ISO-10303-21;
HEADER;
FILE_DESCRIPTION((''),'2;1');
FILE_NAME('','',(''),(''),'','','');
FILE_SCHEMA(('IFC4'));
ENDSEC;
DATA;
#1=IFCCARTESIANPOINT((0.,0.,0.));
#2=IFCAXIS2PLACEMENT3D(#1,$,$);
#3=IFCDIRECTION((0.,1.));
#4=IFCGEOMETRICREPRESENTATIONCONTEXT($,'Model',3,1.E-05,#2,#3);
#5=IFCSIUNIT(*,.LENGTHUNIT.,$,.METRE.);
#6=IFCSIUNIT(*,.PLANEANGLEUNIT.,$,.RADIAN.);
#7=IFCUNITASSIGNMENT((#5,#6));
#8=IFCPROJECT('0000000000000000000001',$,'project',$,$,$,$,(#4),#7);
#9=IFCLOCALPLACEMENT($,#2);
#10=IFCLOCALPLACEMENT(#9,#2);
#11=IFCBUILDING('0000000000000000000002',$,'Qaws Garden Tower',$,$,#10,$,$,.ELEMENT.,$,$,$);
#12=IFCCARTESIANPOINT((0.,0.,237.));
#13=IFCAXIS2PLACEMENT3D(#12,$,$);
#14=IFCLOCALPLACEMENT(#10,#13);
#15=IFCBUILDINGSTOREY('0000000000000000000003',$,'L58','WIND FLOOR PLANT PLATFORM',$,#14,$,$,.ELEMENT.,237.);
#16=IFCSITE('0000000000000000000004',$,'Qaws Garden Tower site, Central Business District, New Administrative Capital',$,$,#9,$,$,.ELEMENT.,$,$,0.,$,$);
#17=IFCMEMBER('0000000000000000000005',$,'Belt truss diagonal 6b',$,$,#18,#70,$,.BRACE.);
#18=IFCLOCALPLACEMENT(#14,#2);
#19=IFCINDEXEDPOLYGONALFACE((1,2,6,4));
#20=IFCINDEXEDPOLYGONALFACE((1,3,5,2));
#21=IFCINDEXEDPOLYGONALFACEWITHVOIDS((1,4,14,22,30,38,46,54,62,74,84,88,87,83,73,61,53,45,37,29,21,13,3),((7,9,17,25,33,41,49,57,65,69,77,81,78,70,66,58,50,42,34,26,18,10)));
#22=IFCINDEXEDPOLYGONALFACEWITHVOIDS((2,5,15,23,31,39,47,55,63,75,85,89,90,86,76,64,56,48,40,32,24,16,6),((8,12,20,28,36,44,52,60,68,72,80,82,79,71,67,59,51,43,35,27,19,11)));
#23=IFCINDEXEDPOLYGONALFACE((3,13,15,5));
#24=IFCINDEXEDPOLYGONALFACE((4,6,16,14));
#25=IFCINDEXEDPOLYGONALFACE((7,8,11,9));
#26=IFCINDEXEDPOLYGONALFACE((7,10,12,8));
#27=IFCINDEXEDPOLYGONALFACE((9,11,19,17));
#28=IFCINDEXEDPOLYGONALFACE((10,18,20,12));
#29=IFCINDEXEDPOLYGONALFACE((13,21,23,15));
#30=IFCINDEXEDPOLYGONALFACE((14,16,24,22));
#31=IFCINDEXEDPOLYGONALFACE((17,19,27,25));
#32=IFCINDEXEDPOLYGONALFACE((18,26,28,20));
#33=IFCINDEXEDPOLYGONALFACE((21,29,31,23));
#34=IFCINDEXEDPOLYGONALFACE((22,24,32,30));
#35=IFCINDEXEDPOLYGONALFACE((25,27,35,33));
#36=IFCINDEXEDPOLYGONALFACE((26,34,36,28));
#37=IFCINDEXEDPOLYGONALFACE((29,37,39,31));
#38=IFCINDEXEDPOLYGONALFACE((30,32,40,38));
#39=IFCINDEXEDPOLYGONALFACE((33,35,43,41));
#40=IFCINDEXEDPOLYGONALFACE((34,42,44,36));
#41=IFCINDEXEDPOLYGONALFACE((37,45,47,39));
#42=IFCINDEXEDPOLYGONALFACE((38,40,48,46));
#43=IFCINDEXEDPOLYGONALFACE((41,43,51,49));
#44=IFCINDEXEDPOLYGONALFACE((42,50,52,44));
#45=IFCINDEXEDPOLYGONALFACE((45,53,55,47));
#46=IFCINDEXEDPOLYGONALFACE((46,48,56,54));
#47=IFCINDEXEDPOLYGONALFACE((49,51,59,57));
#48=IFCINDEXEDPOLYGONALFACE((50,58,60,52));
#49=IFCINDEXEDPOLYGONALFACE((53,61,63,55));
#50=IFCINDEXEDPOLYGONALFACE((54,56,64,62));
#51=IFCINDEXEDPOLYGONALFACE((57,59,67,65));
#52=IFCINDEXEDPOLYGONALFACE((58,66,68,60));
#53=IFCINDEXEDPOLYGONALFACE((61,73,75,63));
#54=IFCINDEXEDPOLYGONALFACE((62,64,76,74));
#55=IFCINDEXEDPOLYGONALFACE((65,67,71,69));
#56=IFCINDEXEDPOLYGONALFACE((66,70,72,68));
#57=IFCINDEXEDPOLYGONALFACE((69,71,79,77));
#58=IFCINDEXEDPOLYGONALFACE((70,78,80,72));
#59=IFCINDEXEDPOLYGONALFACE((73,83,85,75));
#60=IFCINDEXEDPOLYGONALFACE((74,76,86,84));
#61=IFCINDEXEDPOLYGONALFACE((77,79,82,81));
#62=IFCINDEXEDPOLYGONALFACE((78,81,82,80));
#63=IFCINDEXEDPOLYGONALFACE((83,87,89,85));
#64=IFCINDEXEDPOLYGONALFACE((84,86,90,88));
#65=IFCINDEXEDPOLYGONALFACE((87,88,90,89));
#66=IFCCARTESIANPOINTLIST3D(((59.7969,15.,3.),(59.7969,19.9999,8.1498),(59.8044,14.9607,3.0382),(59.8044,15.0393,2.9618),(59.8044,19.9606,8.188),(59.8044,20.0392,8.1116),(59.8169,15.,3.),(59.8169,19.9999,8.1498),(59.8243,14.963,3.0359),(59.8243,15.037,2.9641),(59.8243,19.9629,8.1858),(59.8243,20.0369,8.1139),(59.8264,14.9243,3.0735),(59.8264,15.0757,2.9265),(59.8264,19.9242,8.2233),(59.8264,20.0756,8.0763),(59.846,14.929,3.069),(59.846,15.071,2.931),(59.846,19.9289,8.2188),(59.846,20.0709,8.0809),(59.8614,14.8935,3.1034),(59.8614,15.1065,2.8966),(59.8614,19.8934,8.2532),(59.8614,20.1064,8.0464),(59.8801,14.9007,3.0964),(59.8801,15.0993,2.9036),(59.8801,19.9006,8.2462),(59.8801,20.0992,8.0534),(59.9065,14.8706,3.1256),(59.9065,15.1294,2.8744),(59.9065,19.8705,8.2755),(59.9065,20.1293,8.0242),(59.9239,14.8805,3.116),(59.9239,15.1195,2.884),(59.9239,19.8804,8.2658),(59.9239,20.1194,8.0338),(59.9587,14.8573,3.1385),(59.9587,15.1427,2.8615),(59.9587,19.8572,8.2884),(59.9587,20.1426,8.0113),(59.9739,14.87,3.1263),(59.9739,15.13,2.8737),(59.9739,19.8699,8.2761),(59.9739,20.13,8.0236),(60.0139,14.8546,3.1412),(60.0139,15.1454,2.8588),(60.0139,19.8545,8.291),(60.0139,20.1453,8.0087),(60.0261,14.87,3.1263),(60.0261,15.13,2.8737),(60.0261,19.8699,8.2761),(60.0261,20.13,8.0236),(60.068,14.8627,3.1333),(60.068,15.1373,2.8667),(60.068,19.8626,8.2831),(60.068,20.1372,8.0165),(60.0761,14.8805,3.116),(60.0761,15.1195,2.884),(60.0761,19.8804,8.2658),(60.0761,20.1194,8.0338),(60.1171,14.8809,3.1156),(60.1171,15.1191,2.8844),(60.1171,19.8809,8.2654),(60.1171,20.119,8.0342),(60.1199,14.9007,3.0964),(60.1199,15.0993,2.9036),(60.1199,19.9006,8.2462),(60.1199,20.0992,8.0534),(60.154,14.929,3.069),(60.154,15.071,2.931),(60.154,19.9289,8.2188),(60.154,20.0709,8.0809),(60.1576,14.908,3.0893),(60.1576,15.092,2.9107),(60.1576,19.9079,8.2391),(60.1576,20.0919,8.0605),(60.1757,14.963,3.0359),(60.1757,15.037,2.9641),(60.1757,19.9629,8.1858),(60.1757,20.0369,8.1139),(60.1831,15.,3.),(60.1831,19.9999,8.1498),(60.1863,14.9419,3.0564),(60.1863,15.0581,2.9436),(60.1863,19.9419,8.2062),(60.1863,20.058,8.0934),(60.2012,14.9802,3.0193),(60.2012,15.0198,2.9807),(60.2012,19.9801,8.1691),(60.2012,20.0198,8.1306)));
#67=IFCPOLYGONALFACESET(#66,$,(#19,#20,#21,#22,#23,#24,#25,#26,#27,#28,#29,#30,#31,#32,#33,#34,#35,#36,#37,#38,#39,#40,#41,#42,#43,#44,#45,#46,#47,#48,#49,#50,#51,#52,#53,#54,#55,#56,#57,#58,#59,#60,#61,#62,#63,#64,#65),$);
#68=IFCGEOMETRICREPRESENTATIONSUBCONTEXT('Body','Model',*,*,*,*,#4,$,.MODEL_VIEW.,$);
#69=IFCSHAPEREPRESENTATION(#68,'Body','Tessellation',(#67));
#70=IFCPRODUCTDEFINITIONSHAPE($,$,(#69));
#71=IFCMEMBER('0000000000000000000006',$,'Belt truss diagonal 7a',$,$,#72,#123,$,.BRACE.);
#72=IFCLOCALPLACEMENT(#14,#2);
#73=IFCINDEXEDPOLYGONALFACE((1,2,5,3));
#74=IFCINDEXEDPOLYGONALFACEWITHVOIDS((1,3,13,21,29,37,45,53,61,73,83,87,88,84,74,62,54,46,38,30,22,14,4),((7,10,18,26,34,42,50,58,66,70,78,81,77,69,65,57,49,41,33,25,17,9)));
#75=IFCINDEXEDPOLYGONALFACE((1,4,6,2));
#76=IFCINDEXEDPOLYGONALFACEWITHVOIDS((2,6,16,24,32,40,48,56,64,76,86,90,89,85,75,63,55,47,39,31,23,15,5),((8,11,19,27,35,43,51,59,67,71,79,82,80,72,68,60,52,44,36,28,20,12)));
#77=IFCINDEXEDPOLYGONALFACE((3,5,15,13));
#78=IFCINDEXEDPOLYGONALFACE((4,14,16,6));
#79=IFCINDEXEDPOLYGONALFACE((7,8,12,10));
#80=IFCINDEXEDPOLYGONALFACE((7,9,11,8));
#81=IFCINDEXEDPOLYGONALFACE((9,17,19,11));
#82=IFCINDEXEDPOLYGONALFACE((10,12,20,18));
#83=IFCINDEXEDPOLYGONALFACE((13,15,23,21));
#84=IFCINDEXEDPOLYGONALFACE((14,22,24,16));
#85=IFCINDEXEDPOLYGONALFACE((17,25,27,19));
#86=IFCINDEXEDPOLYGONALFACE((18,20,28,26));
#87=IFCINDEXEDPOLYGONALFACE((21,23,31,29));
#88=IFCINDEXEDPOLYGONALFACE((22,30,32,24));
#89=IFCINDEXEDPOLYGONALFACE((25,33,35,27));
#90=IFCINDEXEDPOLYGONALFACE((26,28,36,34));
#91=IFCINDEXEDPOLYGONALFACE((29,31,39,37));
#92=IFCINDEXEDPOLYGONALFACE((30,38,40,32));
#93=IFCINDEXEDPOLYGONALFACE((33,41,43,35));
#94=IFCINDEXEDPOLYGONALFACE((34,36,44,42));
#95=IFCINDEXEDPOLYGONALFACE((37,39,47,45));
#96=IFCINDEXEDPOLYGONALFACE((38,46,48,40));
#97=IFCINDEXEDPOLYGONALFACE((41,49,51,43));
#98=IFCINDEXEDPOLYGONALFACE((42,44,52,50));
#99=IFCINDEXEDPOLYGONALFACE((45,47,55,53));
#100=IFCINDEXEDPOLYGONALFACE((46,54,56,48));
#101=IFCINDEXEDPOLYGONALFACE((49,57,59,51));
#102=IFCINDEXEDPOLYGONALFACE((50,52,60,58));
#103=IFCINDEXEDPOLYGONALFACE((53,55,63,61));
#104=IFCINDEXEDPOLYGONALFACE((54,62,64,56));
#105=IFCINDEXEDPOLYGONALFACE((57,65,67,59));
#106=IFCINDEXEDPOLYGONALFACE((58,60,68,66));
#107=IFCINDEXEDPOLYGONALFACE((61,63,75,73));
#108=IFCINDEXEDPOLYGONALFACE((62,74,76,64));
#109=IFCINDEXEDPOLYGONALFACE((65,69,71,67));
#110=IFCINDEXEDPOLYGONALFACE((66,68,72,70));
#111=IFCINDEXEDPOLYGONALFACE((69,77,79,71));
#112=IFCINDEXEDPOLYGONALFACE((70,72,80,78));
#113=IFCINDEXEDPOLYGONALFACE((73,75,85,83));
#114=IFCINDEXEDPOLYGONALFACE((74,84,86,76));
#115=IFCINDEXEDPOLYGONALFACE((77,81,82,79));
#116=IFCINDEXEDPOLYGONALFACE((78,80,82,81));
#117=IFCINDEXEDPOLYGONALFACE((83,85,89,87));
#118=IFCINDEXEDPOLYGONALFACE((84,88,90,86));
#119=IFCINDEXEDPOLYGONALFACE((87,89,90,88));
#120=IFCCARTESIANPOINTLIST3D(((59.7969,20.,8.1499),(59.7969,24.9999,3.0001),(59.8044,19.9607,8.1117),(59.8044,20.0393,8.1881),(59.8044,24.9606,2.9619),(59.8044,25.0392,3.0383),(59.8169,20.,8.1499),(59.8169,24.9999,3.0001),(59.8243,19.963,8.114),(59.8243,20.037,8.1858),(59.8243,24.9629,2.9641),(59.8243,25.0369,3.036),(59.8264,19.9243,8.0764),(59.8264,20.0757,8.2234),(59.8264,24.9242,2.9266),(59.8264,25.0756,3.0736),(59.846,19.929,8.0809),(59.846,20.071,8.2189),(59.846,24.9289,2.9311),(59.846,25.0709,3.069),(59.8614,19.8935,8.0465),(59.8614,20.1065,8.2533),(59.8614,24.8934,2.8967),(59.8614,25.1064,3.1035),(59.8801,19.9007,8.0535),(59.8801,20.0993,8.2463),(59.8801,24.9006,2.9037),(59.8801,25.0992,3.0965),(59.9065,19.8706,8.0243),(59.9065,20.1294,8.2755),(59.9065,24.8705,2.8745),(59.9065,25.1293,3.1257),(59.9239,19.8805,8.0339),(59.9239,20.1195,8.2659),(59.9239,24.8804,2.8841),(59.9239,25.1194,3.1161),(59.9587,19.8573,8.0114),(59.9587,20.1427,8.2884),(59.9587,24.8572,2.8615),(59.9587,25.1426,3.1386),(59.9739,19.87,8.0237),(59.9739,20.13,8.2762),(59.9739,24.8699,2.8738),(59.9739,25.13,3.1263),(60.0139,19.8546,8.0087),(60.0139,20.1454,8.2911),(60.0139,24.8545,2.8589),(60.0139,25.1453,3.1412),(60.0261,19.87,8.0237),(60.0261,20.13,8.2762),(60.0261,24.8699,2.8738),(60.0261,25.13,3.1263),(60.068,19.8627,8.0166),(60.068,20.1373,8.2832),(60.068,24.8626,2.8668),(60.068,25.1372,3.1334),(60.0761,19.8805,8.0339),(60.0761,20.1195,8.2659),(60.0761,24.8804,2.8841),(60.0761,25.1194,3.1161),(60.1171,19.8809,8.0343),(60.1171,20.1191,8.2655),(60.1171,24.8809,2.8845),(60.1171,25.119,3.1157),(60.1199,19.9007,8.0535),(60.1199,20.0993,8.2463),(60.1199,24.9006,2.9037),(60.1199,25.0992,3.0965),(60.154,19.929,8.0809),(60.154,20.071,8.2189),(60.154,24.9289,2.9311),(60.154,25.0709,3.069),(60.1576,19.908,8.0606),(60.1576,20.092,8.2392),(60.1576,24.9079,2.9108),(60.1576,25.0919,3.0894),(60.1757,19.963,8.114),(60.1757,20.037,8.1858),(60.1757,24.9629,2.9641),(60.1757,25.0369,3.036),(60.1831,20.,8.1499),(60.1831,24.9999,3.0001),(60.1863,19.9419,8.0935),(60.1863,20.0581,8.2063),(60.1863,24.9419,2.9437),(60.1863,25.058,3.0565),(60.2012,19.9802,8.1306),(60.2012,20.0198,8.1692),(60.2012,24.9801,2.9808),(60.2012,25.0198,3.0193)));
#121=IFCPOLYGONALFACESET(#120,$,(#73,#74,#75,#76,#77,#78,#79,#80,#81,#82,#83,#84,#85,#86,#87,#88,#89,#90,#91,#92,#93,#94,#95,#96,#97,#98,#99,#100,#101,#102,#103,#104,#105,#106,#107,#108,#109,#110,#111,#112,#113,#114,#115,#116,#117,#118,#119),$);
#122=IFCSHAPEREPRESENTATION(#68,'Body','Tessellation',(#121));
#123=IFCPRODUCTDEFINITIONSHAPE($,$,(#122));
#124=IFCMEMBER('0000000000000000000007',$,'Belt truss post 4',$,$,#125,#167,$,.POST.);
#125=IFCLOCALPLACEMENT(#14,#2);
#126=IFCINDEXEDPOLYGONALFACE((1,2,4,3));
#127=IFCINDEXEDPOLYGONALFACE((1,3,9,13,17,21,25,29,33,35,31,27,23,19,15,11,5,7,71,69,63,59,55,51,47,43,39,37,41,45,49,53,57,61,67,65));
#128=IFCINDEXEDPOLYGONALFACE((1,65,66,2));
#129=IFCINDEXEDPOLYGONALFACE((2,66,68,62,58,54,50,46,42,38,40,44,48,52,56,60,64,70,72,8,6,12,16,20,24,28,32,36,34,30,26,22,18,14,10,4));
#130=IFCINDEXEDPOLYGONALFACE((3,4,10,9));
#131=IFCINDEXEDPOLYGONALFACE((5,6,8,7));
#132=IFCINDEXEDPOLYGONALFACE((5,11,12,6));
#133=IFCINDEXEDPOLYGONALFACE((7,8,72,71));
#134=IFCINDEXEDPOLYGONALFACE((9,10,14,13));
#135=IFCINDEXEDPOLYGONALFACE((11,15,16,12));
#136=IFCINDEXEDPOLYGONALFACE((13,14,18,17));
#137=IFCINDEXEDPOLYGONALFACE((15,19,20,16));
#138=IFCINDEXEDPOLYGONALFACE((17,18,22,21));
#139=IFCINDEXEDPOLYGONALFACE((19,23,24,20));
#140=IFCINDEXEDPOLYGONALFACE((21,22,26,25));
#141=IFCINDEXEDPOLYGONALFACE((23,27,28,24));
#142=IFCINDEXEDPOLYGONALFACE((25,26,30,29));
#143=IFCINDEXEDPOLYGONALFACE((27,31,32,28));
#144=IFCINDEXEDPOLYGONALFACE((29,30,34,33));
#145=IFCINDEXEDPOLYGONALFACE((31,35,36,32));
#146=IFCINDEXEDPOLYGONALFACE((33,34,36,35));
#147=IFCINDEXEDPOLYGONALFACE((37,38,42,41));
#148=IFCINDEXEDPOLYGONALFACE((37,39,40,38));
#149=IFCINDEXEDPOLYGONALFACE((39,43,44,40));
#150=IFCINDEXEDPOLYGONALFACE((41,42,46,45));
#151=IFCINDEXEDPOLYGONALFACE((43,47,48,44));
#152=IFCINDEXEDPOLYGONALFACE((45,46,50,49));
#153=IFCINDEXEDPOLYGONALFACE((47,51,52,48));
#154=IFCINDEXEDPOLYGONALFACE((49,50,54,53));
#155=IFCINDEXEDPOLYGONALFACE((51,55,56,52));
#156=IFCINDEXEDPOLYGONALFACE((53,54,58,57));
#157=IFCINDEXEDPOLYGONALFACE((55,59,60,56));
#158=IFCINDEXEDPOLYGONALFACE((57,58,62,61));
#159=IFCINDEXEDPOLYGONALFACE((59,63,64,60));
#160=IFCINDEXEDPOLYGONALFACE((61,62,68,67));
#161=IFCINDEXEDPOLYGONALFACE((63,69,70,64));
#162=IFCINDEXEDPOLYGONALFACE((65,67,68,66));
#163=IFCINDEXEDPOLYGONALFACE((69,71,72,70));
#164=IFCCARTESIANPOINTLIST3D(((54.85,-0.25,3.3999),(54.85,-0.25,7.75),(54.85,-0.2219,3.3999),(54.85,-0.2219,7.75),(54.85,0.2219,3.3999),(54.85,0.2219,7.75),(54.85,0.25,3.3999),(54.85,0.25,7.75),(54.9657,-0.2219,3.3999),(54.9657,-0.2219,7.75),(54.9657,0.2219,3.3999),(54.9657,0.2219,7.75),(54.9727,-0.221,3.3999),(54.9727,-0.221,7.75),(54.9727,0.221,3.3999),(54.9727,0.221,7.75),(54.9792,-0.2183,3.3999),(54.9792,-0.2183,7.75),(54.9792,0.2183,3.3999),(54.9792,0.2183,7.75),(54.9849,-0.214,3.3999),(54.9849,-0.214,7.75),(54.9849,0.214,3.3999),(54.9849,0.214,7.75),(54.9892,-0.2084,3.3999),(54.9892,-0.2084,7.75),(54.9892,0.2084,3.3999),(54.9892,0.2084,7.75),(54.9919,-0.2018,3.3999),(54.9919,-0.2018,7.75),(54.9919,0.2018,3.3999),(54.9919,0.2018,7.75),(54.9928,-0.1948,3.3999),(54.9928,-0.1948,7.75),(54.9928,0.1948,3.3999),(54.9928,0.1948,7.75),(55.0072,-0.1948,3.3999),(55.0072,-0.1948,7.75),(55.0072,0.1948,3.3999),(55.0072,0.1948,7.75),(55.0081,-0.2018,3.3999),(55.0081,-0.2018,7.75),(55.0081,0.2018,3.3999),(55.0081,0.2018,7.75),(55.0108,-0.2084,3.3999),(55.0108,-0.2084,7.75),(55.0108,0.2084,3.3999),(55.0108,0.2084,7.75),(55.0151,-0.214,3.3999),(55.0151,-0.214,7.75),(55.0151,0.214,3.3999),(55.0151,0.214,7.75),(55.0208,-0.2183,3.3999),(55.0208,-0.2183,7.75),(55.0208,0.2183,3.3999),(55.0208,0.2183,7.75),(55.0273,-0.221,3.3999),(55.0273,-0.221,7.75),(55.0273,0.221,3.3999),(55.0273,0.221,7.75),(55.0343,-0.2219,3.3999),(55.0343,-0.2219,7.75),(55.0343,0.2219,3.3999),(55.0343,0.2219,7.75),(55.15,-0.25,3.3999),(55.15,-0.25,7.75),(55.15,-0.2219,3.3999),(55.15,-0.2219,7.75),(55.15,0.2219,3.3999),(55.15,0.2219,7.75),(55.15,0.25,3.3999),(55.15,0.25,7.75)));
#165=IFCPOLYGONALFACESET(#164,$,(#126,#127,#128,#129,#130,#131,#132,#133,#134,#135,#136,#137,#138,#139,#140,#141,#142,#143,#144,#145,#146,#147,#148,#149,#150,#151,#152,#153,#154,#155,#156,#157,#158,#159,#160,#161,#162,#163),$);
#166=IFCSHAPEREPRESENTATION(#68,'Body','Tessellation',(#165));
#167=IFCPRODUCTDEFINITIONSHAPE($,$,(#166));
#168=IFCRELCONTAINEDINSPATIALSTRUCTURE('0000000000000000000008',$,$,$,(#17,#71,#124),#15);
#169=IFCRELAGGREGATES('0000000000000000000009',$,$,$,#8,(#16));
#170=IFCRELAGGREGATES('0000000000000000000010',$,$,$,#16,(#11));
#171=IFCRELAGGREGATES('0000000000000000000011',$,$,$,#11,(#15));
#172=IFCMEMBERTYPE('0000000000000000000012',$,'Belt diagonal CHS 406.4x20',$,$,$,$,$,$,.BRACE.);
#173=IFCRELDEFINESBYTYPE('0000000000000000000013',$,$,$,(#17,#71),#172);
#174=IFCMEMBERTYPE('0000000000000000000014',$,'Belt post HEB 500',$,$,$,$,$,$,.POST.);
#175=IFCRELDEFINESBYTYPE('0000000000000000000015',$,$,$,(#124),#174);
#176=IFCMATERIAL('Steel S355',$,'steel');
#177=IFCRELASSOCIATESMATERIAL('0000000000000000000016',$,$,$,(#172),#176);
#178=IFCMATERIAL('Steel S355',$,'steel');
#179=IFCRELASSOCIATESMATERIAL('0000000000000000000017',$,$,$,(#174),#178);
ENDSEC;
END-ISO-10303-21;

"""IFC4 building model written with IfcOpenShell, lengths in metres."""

from ifc_helpers import new_model, si_unit, direction, frame, origin, origin_2d, place, context, subcontext, project, spatial, hollow_circle, i_section, extrude, material, material_profile, profile_set, type_object, element, save


model = new_model("IFC4")

# Units and contexts
model_context = context("Model", 3, precision=1e-05, world=origin(), true_north=direction((0.0, 1.0)))
body_context = subcontext(model_context, "Body", "Model", "MODEL_VIEW")
ifc_project = project(units=[si_unit("LENGTHUNIT", "METRE"), si_unit("PLANEANGLEUNIT", "RADIAN")], contexts=[model_context])

# Site, building, storey
site_placement = place(None, origin())
site = spatial("IfcSite", under=ifc_project, at=site_placement, Name="Qaws Garden Tower site, Central Business District, New Administrative Capital", CompositionType="ELEMENT", RefElevation=0.0)
building_placement = place(site_placement, origin())
building = spatial("IfcBuilding", under=site, at=building_placement, Name="Qaws Garden Tower", CompositionType="ELEMENT")
storey_placement = place(building_placement, frame((0.0, 0.0, 237.0)))
storey = spatial("IfcBuildingStorey", under=building, at=storey_placement, Name="L58", Description="WIND FLOOR PLANT PLATFORM", CompositionType="ELEMENT", Elevation=237.0)

# Members
ifc_material_1 = material(Name="Steel S355", Category="steel")
ifc_material_profile_1 = material_profile(ifc_material_1, hollow_circle(Radius=0.2031, WallThickness=0.02, at=origin_2d()), Name="CHS 406.4x20")
ifc_profile_set_1 = profile_set([ifc_material_profile_1], Name="Steel S355")
member_type_1 = type_object("IfcMemberType", Name="Belt diagonal CHS 406.4x20", PredefinedType="BRACE", material=ifc_profile_set_1)
for number, where, z_axis, x_axis, name in (
    (1, (60.0, 15.0, 3.0), (0.0, 0.696588, 0.717472), (-1.0, 0.0, 0.0), "Belt truss diagonal 6b"),
    (2, (60.0, 20.0, 8.1499), (0.0, 0.696588, -0.717472), (-1.0, 0.0, 0.0), "Belt truss diagonal 7a"),
):
    element("IfcMember", number, at=place(storey_placement, frame(where, z_axis=z_axis, x_axis=x_axis)), inside=storey, type_object=member_type_1, Name=name, PredefinedType="BRACE", context=body_context, shape_type="SweptSolid", body=[
        extrude(hollow_circle(Radius=0.2031, WallThickness=0.02, at=origin_2d()), origin(), (0.0, 0.0, 1.0), 7.1777),
    ])
ifc_material_2 = material(Name="Steel S355", Category="steel")
ifc_material_profile_2 = material_profile(ifc_material_2, i_section(OverallWidth=0.3, OverallDepth=0.5, WebThickness=0.0144, FlangeThickness=0.0281, FilletRadius=0.0271, at=origin_2d()), Name="HEB 500")
ifc_profile_set_2 = profile_set([ifc_material_profile_2], Name="Steel S355")
member_type_2 = type_object("IfcMemberType", Name="Belt post HEB 500", PredefinedType="POST", material=ifc_profile_set_2)
placement_1 = place(storey_placement, frame((55.0, 0.0, 3.3999), z_axis=(0.0, 0.0, 1.0), x_axis=(1.0, 0.0, 0.0)))
element("IfcMember", 3, at=placement_1, inside=storey, type_object=member_type_2, Name="Belt truss post 4", PredefinedType="POST", context=body_context, shape_type="SweptSolid", body=[
    extrude(i_section(OverallWidth=0.3, OverallDepth=0.5, WebThickness=0.0144, FlangeThickness=0.0281, FilletRadius=0.0271, at=origin_2d()), origin(), (0.0, 0.0, 1.0), 4.3501),
])

save(model, "model.ifc")
